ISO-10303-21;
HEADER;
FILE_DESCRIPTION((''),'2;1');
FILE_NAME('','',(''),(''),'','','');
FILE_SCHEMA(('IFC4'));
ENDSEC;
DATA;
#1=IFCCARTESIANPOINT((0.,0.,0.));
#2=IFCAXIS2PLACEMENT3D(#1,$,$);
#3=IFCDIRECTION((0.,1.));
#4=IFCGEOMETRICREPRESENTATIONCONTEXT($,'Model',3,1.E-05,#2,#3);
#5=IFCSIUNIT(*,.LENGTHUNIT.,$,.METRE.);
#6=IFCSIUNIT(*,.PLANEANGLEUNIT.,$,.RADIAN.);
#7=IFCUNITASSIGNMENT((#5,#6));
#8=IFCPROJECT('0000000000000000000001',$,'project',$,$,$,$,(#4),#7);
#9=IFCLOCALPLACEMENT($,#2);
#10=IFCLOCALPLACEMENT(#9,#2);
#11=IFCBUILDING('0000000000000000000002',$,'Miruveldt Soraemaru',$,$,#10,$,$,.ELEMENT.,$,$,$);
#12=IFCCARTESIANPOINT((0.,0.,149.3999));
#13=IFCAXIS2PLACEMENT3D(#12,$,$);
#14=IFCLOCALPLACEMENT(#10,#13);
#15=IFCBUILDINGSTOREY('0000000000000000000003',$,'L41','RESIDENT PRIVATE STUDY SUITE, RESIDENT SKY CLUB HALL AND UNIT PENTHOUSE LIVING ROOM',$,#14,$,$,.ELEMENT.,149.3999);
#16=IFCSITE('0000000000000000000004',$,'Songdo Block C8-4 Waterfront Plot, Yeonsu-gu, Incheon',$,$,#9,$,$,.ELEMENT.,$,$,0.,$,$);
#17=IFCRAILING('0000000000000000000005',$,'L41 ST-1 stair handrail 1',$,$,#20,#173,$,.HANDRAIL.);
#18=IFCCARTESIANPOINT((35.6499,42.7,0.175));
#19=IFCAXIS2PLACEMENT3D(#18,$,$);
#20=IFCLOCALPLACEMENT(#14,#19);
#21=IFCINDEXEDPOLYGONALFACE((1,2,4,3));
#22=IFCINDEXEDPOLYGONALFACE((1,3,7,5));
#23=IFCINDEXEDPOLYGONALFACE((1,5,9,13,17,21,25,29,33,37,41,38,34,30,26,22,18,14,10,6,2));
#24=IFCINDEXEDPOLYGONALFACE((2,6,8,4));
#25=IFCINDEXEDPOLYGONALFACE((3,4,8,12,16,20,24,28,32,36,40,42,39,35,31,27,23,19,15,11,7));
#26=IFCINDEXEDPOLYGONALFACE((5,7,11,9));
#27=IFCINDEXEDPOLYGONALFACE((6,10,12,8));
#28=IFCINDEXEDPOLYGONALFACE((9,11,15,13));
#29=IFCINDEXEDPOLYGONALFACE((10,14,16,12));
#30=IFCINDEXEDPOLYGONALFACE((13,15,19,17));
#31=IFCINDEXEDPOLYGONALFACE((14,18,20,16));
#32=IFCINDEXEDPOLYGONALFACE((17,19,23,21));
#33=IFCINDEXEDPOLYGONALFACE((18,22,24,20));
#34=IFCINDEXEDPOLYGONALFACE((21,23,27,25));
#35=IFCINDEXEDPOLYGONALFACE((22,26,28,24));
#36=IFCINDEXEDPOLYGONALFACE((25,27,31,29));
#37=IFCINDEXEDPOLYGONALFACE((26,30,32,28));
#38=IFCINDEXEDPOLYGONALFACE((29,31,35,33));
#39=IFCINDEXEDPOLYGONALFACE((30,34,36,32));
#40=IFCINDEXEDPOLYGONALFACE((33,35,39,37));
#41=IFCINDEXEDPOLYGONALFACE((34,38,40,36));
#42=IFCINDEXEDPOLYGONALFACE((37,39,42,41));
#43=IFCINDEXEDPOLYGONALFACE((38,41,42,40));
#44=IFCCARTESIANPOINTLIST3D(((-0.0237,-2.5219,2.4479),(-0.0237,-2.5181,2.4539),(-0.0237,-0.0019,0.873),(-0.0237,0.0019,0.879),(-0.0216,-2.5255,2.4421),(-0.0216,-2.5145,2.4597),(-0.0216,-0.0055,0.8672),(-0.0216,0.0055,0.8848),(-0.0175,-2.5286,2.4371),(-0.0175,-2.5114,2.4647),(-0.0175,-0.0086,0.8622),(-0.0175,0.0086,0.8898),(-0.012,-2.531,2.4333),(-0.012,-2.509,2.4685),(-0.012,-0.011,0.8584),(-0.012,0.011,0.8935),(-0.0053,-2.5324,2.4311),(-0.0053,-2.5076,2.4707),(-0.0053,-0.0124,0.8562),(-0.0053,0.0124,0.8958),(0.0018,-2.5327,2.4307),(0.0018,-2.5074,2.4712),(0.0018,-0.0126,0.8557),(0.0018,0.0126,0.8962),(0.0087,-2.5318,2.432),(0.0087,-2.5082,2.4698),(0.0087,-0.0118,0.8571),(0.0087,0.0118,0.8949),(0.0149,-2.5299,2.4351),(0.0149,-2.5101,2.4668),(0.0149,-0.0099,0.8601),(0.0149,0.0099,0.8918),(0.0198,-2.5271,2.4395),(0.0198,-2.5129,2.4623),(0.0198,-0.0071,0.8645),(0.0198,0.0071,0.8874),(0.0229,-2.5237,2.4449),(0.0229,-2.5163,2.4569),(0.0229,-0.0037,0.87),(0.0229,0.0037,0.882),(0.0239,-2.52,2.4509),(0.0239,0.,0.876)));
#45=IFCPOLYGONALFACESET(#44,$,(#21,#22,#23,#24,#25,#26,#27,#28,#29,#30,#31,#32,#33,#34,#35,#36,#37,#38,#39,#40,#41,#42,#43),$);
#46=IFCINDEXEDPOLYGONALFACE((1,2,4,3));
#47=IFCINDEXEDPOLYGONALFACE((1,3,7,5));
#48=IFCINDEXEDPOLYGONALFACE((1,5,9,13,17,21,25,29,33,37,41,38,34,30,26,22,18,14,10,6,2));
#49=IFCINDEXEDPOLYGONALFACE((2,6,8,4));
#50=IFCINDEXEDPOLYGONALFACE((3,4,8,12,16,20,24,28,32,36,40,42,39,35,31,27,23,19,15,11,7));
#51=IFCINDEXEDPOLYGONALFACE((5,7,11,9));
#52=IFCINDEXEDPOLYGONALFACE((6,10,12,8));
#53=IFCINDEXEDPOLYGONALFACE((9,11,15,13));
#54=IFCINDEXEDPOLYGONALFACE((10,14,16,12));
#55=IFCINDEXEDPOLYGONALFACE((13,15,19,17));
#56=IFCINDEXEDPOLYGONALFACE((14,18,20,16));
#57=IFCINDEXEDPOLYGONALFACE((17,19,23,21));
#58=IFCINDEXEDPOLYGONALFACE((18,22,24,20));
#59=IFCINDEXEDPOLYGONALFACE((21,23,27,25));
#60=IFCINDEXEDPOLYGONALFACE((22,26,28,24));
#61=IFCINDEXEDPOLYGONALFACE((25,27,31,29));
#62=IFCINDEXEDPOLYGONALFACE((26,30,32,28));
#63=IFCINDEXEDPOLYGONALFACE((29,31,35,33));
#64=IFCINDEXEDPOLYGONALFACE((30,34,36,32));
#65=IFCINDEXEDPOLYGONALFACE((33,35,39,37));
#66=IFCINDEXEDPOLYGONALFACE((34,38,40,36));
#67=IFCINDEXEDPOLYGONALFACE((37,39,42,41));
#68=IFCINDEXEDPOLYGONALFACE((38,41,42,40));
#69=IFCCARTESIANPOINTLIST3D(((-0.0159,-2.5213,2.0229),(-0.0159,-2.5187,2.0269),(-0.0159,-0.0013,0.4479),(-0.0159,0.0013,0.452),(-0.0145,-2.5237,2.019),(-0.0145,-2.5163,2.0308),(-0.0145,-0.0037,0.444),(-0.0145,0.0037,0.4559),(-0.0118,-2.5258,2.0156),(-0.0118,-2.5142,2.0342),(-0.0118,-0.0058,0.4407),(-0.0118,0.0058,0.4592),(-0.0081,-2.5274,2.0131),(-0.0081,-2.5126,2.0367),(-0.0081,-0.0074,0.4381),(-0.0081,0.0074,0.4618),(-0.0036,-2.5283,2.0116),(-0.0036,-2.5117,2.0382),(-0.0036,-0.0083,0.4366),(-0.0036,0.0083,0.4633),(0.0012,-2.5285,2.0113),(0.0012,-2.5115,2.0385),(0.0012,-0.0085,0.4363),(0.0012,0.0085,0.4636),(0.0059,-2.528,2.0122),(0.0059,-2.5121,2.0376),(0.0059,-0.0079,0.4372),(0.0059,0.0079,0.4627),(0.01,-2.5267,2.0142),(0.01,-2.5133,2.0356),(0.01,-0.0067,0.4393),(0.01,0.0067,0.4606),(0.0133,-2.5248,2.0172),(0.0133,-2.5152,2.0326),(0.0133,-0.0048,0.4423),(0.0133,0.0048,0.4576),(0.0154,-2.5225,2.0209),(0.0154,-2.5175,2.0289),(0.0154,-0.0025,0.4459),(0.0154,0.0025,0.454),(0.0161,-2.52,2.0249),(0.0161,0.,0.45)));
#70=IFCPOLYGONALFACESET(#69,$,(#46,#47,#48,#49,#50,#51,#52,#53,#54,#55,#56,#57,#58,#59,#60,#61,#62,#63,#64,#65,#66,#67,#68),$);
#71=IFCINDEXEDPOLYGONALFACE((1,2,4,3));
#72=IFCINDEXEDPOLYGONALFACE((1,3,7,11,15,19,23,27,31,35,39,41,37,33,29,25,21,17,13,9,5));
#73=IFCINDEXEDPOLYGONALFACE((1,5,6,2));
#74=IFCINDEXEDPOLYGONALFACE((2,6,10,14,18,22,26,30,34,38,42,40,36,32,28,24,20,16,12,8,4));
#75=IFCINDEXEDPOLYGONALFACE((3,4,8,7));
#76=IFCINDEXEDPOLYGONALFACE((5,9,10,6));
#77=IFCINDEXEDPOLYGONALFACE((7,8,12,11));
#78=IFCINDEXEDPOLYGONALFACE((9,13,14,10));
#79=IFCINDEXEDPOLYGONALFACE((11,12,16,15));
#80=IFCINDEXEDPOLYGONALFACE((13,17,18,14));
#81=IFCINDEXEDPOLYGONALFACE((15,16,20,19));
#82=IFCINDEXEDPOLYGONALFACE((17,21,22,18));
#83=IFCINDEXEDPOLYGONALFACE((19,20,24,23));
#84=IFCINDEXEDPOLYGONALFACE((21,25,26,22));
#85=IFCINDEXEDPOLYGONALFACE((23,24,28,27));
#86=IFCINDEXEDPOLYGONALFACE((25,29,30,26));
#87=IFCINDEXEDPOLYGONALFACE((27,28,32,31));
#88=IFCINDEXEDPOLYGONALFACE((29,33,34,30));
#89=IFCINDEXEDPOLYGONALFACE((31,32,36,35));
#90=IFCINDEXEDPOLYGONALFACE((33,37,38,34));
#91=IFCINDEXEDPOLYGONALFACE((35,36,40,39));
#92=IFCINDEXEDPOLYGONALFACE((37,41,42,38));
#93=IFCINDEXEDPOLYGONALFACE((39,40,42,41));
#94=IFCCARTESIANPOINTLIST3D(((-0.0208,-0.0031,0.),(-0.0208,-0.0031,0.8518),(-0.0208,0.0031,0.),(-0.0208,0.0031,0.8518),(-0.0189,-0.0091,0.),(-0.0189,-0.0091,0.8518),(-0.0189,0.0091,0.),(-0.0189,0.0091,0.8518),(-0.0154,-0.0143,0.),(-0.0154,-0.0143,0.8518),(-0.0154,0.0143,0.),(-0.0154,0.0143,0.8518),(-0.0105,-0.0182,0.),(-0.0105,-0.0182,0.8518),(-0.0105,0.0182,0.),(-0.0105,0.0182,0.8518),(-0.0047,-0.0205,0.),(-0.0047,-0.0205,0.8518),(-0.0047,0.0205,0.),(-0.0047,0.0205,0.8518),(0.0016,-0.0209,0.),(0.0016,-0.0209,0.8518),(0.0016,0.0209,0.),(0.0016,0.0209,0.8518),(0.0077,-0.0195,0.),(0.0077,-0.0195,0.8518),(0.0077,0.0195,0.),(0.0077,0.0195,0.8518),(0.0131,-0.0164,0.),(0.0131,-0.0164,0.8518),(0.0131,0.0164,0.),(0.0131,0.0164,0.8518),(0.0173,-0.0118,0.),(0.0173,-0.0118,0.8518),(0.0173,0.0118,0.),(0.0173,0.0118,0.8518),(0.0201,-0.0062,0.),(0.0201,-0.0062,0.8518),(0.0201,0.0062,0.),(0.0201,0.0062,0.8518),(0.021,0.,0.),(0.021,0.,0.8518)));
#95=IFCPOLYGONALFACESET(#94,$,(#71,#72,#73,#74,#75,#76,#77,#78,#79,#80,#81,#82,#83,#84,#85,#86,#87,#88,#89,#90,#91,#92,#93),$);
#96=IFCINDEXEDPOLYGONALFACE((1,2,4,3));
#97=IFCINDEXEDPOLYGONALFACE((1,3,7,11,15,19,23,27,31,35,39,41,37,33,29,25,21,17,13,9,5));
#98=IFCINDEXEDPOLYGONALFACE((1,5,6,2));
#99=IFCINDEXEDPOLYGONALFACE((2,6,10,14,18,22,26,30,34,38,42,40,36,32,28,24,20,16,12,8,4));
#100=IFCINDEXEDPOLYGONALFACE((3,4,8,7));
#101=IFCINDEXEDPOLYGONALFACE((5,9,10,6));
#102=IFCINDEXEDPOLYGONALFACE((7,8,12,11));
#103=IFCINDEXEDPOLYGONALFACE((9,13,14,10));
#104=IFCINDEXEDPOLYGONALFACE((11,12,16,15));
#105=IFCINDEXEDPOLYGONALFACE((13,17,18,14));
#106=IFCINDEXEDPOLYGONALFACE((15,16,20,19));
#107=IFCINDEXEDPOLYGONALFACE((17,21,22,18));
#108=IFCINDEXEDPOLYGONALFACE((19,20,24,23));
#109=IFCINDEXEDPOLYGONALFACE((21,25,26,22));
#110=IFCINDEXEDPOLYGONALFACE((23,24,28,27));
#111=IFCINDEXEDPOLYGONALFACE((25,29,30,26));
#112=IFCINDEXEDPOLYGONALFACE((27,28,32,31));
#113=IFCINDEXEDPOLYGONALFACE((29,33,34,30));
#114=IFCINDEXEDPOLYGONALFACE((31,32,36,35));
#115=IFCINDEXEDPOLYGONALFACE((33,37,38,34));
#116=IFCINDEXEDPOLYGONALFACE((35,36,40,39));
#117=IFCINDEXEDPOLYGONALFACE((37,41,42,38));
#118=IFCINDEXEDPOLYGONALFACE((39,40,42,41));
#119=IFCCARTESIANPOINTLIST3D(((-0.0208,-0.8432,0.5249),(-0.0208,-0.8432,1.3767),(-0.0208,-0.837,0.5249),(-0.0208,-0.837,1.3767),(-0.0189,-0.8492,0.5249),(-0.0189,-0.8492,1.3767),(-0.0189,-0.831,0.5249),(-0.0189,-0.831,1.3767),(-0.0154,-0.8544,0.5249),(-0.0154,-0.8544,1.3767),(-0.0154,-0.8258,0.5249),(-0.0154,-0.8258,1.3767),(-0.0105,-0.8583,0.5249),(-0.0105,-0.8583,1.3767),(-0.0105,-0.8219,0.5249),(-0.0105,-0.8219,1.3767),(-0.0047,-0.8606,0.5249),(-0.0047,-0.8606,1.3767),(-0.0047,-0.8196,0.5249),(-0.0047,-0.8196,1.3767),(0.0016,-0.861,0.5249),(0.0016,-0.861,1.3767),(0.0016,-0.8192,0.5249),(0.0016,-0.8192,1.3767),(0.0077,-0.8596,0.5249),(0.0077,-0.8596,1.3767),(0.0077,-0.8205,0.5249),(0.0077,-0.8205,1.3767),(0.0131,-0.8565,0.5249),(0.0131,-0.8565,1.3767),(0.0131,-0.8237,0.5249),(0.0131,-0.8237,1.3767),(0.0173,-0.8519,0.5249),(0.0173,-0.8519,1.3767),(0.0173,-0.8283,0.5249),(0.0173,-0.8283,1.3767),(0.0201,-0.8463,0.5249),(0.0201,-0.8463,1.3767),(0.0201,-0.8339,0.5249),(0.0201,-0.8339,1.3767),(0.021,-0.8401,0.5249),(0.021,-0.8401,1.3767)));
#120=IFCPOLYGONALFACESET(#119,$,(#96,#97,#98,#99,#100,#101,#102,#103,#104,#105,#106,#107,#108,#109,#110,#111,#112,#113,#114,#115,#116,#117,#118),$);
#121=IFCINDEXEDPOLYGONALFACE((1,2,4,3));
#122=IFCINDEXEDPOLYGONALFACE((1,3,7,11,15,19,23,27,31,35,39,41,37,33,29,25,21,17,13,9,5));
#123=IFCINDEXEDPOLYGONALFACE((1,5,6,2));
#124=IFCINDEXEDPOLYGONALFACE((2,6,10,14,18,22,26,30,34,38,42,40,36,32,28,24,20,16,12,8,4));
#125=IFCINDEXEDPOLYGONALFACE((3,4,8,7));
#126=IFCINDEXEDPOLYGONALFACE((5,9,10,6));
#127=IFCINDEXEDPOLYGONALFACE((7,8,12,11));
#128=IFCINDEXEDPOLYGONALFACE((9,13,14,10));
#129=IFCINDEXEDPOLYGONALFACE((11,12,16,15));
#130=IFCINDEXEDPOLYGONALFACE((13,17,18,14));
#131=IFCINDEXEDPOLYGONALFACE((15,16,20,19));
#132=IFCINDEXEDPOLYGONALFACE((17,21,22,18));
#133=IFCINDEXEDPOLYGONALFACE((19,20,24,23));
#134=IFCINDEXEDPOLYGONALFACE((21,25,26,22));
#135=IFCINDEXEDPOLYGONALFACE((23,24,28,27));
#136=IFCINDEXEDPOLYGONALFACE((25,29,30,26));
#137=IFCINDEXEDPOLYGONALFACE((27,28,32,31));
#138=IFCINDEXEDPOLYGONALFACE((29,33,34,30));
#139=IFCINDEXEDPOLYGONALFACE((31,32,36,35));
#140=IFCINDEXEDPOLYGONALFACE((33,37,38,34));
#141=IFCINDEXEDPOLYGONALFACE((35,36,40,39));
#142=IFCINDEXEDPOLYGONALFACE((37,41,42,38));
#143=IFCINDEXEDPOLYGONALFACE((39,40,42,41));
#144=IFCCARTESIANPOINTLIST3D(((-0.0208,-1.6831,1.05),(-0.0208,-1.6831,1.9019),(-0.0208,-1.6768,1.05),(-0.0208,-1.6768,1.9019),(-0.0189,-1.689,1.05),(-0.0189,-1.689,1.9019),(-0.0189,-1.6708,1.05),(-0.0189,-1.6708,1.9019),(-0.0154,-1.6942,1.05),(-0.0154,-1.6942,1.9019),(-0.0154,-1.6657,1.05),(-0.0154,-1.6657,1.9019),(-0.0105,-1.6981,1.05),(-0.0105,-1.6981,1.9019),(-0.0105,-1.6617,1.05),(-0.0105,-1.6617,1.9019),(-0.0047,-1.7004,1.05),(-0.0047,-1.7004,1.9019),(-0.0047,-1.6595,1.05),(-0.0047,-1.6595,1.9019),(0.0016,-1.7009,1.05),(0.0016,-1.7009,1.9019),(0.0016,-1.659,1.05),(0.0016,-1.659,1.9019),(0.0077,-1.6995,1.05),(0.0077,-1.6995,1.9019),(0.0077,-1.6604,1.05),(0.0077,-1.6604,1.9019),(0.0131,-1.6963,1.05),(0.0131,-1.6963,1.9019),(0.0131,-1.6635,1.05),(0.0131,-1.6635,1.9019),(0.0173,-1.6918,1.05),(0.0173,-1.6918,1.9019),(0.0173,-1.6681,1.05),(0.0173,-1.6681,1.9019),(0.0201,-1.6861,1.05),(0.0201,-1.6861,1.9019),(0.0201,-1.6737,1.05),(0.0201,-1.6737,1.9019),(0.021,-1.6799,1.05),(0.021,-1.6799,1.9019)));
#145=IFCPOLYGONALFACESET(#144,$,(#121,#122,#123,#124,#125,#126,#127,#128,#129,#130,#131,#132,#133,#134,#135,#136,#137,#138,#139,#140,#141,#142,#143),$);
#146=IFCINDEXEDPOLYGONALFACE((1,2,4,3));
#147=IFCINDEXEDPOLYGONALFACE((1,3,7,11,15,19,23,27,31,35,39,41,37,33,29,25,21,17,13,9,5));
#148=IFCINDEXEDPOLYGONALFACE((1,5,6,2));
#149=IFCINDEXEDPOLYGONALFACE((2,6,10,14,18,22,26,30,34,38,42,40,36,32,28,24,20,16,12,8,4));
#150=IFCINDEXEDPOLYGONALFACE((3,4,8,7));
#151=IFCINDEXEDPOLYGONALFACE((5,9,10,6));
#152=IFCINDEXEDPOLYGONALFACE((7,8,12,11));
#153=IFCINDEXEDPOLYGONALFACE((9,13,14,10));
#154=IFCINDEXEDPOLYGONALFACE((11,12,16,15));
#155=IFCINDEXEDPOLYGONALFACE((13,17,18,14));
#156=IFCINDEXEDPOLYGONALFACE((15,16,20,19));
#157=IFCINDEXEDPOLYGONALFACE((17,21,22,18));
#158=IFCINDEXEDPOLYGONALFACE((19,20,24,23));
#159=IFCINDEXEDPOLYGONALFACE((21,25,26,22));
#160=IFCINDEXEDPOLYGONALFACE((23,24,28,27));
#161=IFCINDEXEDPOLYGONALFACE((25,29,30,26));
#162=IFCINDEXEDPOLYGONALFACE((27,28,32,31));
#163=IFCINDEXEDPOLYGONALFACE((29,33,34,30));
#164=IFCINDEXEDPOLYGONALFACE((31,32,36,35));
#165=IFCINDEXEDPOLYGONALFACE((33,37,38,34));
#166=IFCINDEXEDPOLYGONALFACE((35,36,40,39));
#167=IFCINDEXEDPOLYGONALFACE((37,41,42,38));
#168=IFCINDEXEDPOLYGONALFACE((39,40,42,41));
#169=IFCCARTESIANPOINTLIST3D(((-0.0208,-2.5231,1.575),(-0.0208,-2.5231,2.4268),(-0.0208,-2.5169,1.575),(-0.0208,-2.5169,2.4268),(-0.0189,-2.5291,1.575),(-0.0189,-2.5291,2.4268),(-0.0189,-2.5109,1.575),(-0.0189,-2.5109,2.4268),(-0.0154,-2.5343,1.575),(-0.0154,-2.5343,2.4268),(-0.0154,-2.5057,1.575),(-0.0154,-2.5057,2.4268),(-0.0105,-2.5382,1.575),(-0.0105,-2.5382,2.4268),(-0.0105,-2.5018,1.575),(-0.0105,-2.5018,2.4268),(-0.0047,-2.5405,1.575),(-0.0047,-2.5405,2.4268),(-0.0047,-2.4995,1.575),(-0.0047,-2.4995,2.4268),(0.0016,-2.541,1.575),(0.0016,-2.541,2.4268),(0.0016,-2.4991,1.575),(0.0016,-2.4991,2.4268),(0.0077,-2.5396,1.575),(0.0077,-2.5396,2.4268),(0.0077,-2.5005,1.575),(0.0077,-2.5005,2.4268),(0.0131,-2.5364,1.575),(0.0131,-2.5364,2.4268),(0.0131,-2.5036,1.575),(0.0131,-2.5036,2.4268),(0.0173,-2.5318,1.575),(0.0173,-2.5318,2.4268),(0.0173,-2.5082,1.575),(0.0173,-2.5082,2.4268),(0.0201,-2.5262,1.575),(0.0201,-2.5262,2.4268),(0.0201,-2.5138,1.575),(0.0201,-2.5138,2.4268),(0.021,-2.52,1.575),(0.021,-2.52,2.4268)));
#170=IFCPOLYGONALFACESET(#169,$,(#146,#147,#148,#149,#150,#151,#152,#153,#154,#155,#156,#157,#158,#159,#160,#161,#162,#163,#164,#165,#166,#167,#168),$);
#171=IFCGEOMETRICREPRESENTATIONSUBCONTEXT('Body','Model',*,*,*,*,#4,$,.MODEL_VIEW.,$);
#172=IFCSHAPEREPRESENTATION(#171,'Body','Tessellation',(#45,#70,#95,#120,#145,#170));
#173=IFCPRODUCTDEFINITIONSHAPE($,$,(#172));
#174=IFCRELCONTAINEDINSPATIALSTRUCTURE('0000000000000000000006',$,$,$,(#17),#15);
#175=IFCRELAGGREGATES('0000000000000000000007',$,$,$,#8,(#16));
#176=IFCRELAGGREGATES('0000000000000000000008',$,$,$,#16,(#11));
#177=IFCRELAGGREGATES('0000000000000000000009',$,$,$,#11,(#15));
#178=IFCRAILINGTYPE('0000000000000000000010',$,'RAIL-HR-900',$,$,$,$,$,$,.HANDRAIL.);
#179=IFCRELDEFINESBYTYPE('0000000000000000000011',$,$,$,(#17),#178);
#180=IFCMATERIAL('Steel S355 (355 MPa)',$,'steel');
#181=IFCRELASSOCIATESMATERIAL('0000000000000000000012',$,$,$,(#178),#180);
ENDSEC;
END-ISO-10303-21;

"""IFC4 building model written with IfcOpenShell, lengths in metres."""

from ifc_helpers import new_model, si_unit, direction, frame, origin, origin_2d, place, context, subcontext, project, spatial, circle, extrude, material, type_object, element, save


model = new_model("IFC4")

# Units and contexts
model_context = context("Model", 3, precision=1e-05, world=origin(), true_north=direction((0.0, 1.0)))
body_context = subcontext(model_context, "Body", "Model", "MODEL_VIEW")
ifc_project = project(units=[si_unit("LENGTHUNIT", "METRE"), si_unit("PLANEANGLEUNIT", "RADIAN")], contexts=[model_context])

# Site, building, storey
site_placement = place(None, origin())
site = spatial("IfcSite", under=ifc_project, at=site_placement, Name="Songdo Block C8-4 Waterfront Plot, Yeonsu-gu, Incheon", CompositionType="ELEMENT", RefElevation=0.0)
building_placement = place(site_placement, origin())
building = spatial("IfcBuilding", under=site, at=building_placement, Name="Miruveldt Soraemaru", CompositionType="ELEMENT")
storey_placement = place(building_placement, frame((0.0, 0.0, 149.3999)))
storey = spatial("IfcBuildingStorey", under=building, at=storey_placement, Name="L41", Description="RESIDENT PRIVATE STUDY SUITE, RESIDENT SKY CLUB HALL AND UNIT PENTHOUSE LIVING ROOM", CompositionType="ELEMENT", Elevation=149.3999)

# Railing
ifc_material_1 = material(Name="Steel S355 (355 MPa)", Category="steel")
railing_type = type_object("IfcRailingType", Name="RAIL-HR-900", PredefinedType="HANDRAIL", material=ifc_material_1)
railing_placement = place(storey_placement, frame((35.6499, 42.7, 0.175)))
element("IfcRailing", 1, at=railing_placement, inside=storey, type_object=railing_type, Name="L41 ST-1 stair handrail 1", PredefinedType="HANDRAIL", context=body_context, shape_type="SweptSolid", body=[
    extrude(circle(Radius=0.0239, at=origin_2d()), frame((0.0, 0.0, 0.876), z_axis=(0.0, -0.848008, 0.529984), x_axis=(1.0, 0.0, 0.0)), (0.0, 0.0, 1.0), 2.9717),
    extrude(circle(Radius=0.0161, at=origin_2d()), frame((0.0, 0.0, 0.45), z_axis=(0.0, -0.848008, 0.529984), x_axis=(1.0, 0.0, 0.0)), (0.0, 0.0, 1.0), 2.9717),
    extrude(circle(Radius=0.021, at=origin_2d()), origin(), (0.0, 0.0, 1.0), 0.8518),
    extrude(circle(Radius=0.021, at=origin_2d()), frame((0.0, -0.8401, 0.5249)), (0.0, 0.0, 1.0), 0.8518),
    extrude(circle(Radius=0.021, at=origin_2d()), frame((0.0, -1.6799, 1.05)), (0.0, 0.0, 1.0), 0.8518),
    extrude(circle(Radius=0.021, at=origin_2d()), frame((0.0, -2.52, 1.575)), (0.0, 0.0, 1.0), 0.8518),
])

save(model, "model.ifc")
